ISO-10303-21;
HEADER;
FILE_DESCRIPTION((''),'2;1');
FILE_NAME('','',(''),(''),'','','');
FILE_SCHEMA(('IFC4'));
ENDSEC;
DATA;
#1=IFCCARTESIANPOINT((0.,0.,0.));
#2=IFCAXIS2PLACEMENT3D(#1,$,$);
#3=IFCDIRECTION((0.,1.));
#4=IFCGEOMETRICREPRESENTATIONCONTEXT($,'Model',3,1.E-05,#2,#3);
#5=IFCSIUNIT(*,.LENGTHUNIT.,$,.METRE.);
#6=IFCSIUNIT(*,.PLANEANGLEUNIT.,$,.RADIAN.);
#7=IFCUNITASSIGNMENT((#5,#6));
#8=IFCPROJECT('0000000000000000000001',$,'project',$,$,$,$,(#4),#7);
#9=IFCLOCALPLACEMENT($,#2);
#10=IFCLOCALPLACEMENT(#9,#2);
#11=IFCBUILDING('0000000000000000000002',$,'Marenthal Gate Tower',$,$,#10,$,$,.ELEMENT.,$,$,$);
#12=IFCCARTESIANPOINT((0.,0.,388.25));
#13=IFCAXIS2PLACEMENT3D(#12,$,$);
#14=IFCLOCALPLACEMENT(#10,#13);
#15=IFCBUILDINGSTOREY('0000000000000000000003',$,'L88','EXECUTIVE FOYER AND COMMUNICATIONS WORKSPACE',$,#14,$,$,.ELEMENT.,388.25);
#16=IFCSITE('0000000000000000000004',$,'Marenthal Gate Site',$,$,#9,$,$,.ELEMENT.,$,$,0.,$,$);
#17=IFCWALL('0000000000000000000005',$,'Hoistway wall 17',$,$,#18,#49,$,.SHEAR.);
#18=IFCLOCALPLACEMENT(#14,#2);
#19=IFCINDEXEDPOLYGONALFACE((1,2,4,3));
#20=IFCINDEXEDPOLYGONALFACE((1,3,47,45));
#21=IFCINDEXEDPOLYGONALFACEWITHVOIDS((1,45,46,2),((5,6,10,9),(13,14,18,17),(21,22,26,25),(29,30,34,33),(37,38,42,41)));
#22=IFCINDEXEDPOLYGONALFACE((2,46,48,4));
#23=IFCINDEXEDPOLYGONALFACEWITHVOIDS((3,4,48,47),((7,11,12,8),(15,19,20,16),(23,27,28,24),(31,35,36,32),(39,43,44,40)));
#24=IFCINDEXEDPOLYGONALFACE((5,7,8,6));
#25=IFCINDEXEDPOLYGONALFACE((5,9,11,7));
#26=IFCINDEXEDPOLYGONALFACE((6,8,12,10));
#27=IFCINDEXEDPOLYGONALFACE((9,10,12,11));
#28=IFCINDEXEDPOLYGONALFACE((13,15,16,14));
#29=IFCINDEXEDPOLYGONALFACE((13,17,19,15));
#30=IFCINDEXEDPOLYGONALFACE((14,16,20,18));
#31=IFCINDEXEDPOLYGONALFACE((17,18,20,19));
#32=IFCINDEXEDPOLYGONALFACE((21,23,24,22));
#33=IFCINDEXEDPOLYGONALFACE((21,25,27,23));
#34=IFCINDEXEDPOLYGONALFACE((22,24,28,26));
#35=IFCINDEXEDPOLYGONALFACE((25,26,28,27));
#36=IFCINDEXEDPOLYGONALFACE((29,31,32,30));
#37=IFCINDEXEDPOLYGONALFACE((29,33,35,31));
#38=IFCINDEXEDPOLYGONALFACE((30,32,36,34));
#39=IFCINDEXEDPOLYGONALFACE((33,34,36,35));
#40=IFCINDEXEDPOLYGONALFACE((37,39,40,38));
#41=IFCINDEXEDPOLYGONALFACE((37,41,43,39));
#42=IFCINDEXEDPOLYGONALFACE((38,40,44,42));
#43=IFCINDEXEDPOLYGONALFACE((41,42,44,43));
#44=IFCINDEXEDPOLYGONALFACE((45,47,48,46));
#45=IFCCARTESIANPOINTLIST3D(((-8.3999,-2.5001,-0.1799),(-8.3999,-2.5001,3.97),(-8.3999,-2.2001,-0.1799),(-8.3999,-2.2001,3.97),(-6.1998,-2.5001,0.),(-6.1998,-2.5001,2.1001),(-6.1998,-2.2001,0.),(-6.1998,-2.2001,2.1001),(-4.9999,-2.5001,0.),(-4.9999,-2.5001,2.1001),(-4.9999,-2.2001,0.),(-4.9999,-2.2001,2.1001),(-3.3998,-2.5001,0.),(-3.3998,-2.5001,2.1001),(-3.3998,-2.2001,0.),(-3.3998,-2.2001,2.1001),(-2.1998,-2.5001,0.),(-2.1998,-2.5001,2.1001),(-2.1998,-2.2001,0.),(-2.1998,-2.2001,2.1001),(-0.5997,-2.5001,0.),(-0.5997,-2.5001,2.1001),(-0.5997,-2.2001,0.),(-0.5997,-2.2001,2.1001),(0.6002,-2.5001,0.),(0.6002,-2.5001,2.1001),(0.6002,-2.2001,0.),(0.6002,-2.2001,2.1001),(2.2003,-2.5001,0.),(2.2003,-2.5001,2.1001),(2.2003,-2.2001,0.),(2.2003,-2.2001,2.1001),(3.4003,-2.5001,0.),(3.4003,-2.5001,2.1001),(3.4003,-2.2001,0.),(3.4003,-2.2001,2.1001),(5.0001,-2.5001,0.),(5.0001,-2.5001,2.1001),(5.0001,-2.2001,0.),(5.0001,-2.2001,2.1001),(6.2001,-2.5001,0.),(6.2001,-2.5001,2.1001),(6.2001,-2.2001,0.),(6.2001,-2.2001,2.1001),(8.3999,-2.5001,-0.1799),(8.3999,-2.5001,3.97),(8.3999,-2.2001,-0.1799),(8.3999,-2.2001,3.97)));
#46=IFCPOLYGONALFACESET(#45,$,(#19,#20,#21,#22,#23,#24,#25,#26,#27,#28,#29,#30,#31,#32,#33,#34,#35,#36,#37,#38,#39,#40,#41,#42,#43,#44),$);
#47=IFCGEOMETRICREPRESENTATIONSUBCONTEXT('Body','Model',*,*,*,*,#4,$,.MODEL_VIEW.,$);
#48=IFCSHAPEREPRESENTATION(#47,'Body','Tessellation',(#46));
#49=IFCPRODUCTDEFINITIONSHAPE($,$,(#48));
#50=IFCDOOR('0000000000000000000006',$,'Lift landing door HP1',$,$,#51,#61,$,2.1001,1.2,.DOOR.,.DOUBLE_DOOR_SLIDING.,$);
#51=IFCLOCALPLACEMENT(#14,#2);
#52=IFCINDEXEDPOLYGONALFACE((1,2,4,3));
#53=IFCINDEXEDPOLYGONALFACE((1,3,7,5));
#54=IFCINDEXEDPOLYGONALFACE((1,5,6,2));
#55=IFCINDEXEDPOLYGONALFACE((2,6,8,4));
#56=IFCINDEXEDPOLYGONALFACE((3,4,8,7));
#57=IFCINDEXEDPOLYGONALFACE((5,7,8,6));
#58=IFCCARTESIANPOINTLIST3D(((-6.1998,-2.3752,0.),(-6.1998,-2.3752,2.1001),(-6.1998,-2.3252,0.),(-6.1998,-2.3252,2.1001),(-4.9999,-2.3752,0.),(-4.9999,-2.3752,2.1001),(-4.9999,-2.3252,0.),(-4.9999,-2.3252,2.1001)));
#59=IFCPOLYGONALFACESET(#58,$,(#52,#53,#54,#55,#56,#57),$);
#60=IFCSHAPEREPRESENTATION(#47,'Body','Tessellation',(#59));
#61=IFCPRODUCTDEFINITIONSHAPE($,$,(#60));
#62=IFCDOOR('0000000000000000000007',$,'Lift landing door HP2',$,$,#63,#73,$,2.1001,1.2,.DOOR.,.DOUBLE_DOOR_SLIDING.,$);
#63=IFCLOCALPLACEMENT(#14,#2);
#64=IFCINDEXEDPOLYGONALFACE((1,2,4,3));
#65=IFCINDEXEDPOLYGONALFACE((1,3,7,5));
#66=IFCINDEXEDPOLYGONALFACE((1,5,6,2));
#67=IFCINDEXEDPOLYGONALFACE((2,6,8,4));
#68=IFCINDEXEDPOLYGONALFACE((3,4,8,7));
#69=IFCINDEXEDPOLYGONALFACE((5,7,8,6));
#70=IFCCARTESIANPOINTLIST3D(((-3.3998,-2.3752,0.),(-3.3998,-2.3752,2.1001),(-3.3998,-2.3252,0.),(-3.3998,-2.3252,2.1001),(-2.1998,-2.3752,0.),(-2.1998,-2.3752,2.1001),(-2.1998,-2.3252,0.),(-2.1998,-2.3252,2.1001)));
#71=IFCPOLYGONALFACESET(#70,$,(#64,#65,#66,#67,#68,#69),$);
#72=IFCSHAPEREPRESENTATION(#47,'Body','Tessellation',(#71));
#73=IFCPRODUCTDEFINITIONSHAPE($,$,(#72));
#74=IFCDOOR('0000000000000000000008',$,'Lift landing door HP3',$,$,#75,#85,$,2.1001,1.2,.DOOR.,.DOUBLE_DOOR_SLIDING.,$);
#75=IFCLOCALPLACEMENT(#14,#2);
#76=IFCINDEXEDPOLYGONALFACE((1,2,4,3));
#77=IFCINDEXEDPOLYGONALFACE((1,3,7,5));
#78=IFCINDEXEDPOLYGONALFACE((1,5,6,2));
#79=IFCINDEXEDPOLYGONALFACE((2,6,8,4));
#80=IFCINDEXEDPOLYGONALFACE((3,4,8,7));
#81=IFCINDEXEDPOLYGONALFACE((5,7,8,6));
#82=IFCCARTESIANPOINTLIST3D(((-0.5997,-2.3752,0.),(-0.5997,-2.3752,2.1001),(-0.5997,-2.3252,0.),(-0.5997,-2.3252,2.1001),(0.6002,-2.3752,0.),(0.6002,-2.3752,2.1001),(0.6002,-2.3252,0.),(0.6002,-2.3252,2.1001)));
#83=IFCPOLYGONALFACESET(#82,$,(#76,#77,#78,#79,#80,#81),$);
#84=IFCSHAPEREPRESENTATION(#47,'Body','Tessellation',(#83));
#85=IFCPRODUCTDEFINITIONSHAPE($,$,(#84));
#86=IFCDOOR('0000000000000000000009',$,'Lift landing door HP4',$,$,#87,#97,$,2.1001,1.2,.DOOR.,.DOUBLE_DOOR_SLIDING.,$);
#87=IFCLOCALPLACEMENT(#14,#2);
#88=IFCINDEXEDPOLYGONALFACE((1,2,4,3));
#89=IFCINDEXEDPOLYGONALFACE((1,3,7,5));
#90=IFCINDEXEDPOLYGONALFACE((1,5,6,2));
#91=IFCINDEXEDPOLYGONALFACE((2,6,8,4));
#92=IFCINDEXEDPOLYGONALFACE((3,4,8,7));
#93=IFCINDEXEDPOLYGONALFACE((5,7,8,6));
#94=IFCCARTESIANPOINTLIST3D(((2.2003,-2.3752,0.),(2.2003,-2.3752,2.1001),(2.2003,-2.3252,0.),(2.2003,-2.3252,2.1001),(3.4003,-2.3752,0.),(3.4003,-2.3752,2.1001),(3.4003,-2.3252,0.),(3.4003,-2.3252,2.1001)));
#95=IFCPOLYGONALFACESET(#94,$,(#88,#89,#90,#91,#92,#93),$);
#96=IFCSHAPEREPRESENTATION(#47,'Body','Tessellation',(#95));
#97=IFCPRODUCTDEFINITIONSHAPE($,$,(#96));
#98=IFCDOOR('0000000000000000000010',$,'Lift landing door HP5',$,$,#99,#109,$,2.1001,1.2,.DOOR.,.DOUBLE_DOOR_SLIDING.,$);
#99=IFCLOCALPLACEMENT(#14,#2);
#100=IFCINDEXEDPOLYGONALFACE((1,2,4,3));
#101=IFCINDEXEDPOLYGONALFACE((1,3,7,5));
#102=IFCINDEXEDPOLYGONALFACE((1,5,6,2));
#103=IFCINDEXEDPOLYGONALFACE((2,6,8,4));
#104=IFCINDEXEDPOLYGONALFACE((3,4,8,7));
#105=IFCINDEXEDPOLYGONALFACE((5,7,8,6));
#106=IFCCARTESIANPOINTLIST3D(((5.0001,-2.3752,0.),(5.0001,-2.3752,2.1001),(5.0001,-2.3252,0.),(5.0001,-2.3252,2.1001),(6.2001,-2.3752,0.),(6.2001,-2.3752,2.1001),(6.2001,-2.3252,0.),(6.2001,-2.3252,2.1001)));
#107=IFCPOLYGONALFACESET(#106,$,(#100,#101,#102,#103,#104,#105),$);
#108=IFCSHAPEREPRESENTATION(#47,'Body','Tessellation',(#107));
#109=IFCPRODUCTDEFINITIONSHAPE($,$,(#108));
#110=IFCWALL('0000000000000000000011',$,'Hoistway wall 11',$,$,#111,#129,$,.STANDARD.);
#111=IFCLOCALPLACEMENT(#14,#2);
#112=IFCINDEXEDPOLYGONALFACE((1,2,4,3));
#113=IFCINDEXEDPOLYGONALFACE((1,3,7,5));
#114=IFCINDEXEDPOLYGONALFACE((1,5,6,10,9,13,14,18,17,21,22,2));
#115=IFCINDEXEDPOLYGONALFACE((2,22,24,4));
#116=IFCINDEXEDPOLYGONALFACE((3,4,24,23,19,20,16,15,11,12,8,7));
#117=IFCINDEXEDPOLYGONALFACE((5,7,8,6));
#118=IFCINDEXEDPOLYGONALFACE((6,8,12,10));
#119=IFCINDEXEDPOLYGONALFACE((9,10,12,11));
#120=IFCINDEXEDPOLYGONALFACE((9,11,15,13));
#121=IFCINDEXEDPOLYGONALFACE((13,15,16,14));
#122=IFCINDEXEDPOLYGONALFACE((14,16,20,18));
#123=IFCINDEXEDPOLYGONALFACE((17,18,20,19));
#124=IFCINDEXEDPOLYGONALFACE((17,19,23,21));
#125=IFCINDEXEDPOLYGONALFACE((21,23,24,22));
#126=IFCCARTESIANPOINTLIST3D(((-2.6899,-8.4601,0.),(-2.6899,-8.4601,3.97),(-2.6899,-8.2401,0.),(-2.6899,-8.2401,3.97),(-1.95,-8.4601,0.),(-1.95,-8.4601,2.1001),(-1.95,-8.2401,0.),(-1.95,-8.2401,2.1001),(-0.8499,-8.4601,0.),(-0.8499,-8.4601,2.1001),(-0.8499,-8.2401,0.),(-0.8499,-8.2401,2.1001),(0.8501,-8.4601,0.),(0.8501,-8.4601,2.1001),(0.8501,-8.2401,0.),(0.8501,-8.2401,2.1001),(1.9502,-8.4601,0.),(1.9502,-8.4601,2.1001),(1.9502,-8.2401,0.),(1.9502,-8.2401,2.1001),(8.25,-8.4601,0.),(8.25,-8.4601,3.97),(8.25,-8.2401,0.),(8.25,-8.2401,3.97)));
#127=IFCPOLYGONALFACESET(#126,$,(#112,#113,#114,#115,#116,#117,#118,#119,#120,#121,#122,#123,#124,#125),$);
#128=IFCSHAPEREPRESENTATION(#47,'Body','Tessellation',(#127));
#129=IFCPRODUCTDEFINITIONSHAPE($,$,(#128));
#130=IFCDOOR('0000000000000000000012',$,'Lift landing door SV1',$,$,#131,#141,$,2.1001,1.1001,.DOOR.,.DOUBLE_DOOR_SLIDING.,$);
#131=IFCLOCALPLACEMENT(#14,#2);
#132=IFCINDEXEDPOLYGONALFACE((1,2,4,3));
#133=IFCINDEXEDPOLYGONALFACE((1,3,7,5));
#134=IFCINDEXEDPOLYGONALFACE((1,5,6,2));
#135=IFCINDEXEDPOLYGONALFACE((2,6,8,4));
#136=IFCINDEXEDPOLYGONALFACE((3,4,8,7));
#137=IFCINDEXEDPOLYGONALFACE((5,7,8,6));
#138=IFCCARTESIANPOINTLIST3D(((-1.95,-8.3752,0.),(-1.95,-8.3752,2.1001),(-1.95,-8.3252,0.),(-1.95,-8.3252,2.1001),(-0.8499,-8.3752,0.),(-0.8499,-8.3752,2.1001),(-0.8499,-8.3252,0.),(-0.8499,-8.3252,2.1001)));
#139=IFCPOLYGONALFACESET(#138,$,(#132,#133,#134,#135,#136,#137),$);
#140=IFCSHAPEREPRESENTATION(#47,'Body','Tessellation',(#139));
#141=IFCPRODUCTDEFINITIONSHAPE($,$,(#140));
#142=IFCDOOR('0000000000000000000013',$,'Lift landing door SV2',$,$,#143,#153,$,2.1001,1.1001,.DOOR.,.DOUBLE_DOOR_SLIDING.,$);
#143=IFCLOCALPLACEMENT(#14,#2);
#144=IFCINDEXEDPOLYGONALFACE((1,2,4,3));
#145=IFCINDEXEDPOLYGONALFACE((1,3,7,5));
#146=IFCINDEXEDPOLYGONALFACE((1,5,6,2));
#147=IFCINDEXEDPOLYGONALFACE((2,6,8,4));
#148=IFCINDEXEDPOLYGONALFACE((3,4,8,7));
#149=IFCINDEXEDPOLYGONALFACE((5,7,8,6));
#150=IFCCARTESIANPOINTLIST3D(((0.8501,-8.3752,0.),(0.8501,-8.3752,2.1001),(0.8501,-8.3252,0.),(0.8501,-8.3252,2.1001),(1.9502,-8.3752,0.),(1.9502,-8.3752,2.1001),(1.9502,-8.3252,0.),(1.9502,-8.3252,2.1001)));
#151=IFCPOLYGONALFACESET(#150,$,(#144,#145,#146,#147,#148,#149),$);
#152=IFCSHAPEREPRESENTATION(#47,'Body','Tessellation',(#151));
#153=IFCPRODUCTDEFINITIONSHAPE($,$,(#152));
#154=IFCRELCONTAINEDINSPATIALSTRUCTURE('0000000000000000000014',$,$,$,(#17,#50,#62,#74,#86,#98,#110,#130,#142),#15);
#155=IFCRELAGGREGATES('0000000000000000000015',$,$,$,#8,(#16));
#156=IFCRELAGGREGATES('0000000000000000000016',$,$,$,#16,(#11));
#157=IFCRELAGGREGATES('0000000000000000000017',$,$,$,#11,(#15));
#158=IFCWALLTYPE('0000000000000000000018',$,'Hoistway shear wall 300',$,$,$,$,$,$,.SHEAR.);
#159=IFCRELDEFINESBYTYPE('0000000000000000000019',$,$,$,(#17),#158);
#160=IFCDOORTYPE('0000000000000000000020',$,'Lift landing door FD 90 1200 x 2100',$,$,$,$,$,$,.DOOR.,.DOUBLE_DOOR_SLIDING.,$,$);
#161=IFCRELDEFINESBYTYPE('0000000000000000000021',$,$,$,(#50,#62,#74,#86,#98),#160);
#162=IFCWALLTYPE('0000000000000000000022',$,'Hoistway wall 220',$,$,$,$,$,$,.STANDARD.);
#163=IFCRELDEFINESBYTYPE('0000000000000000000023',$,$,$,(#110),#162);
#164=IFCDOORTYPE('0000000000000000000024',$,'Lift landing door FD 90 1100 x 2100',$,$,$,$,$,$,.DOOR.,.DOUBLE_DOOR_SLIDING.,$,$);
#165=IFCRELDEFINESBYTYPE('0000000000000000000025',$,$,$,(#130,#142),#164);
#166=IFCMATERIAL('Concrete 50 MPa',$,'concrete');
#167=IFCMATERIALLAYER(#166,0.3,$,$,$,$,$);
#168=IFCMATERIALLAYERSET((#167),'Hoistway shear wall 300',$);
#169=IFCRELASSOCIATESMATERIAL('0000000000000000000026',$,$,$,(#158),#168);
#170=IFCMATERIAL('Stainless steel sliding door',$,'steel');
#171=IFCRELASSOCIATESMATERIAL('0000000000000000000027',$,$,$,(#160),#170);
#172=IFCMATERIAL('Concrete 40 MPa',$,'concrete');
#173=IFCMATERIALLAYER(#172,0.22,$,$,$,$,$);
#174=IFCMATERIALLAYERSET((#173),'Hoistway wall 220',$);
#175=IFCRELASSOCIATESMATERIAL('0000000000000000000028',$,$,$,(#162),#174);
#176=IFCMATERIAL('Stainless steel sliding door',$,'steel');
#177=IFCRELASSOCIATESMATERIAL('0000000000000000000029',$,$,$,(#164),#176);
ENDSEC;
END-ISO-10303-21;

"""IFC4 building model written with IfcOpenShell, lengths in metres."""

from ifc_helpers import new_model, si_unit, direction, frame, frame_2d, origin, place, context, subcontext, project, spatial, rectangle, extrude, material, layer, layer_set, type_object, element, fill, save


model = new_model("IFC4")

# Units and contexts
model_context = context("Model", 3, precision=1e-05, world=origin(), true_north=direction((0.0, 1.0)))
body_context = subcontext(model_context, "Body", "Model", "MODEL_VIEW")
ifc_project = project(units=[si_unit("LENGTHUNIT", "METRE"), si_unit("PLANEANGLEUNIT", "RADIAN")], contexts=[model_context])

# Site, building, storey
site_placement = place(None, origin())
site = spatial("IfcSite", under=ifc_project, at=site_placement, Name="Marenthal Gate Site", CompositionType="ELEMENT", RefElevation=0.0)
building_placement = place(site_placement, origin())
building = spatial("IfcBuilding", under=site, at=building_placement, Name="Marenthal Gate Tower", CompositionType="ELEMENT")
storey_placement = place(building_placement, frame((0.0, 0.0, 388.25)))
storey = spatial("IfcBuildingStorey", under=building, at=storey_placement, Name="L88", Description="EXECUTIVE FOYER AND COMMUNICATIONS WORKSPACE", CompositionType="ELEMENT", Elevation=388.25)

# Walls, openings, doors
ifc_material_1 = material(Name="Concrete 50 MPa", Category="concrete")
ifc_layer_1 = layer(ifc_material_1, 0.3)
ifc_layer_set_1 = layer_set([ifc_layer_1], Name="Hoistway shear wall 300")
wall_type_1 = type_object("IfcWallType", Name="Hoistway shear wall 300", PredefinedType="SHEAR", material=ifc_layer_set_1)
wall_1_placement = place(storey_placement, frame((-8.3999, -2.3501, -0.1799), z_axis=(0.0, 0.0, 1.0), x_axis=(1.0, 0.0, 0.0)))
wall_1 = element("IfcWall", 1, at=wall_1_placement, inside=storey, type_object=wall_type_1, Name="Hoistway wall 17", PredefinedType="SHEAR", context=body_context, shape_type="SweptSolid", body=[
    extrude(rectangle(XDim=16.7998, YDim=0.3, at=frame_2d((8.3999, 0.0))), origin(), (0.0, 0.0, 1.0), 4.1499),
])
opening_1_placement = place(wall_1_placement, frame((2.2, 0.0, 0.1799)))
opening_1 = element("IfcOpeningElement", 2, at=opening_1_placement, cuts=wall_1, PredefinedType="OPENING", context=body_context, shape_type="SweptSolid", body=[
    extrude(rectangle(XDim=1.2, YDim=2.1001, at=frame_2d((0.6001, 1.05))), frame((0.0, 0.1602, 0.0), z_axis=(0.0, -1.0, 0.0), x_axis=(1.0, 0.0, 0.0)), (0.0, 0.0, 1.0), 0.3201),
])
opening_2_placement = place(wall_1_placement, frame((5.0, 0.0, 0.1799)))
opening_2 = element("IfcOpeningElement", 3, at=opening_2_placement, cuts=wall_1, PredefinedType="OPENING", context=body_context, shape_type="SweptSolid", body=[
    extrude(rectangle(XDim=1.2, YDim=2.1001, at=frame_2d((0.6001, 1.05))), frame((0.0, 0.1602, 0.0), z_axis=(0.0, -1.0, 0.0), x_axis=(1.0, 0.0, 0.0)), (0.0, 0.0, 1.0), 0.3201),
])
opening_3_placement = place(wall_1_placement, frame((7.8, 0.0, 0.1799)))
opening_3 = element("IfcOpeningElement", 4, at=opening_3_placement, cuts=wall_1, PredefinedType="OPENING", context=body_context, shape_type="SweptSolid", body=[
    extrude(rectangle(XDim=1.2, YDim=2.1001, at=frame_2d((0.6001, 1.05))), frame((0.0, 0.1602, 0.0), z_axis=(0.0, -1.0, 0.0), x_axis=(1.0, 0.0, 0.0)), (0.0, 0.0, 1.0), 0.3201),
])
opening_4_placement = place(wall_1_placement, frame((10.6001, 0.0, 0.1799)))
opening_4 = element("IfcOpeningElement", 5, at=opening_4_placement, cuts=wall_1, PredefinedType="OPENING", context=body_context, shape_type="SweptSolid", body=[
    extrude(rectangle(XDim=1.2, YDim=2.1001, at=frame_2d((0.6001, 1.05))), frame((0.0, 0.1602, 0.0), z_axis=(0.0, -1.0, 0.0), x_axis=(1.0, 0.0, 0.0)), (0.0, 0.0, 1.0), 0.3201),
])
opening_5_placement = place(wall_1_placement, frame((13.3999, 0.0, 0.1799)))
opening_5 = element("IfcOpeningElement", 6, at=opening_5_placement, cuts=wall_1, PredefinedType="OPENING", context=body_context, shape_type="SweptSolid", body=[
    extrude(rectangle(XDim=1.2, YDim=2.1001, at=frame_2d((0.6001, 1.05))), frame((0.0, 0.1602, 0.0), z_axis=(0.0, -1.0, 0.0), x_axis=(1.0, 0.0, 0.0)), (0.0, 0.0, 1.0), 0.3201),
])
ifc_material_2 = material(Name="Stainless steel sliding door", Category="steel")
door_type_1 = type_object("IfcDoorType", Name="Lift landing door FD 90 1200 x 2100", OperationType="DOUBLE_DOOR_SLIDING", PredefinedType="DOOR", material=ifc_material_2)
door_1_placement = place(opening_1_placement, origin())
door_1 = element("IfcDoor", 7, at=door_1_placement, inside=storey, type_object=door_type_1, Name="Lift landing door HP1", OperationType="DOUBLE_DOOR_SLIDING", OverallHeight=2.1001, OverallWidth=1.2, PredefinedType="DOOR", context=body_context, shape_type="SweptSolid", body=[
    extrude(rectangle(XDim=1.2, YDim=2.1001, at=frame_2d((0.6001, 1.05))), frame((0.0, 0.0249, 0.0), z_axis=(0.0, -1.0, 0.0), x_axis=(1.0, 0.0, 0.0)), (0.0, 0.0, 1.0), 0.05),
])
fill(opening_1, door_1)
door_2_placement = place(opening_2_placement, origin())
door_2 = element("IfcDoor", 8, at=door_2_placement, inside=storey, type_object=door_type_1, Name="Lift landing door HP2", OperationType="DOUBLE_DOOR_SLIDING", OverallHeight=2.1001, OverallWidth=1.2, PredefinedType="DOOR", context=body_context, shape_type="SweptSolid", body=[
    extrude(rectangle(XDim=1.2, YDim=2.1001, at=frame_2d((0.6001, 1.05))), frame((0.0, 0.0249, 0.0), z_axis=(0.0, -1.0, 0.0), x_axis=(1.0, 0.0, 0.0)), (0.0, 0.0, 1.0), 0.05),
])
fill(opening_2, door_2)
door_3_placement = place(opening_3_placement, origin())
door_3 = element("IfcDoor", 9, at=door_3_placement, inside=storey, type_object=door_type_1, Name="Lift landing door HP3", OperationType="DOUBLE_DOOR_SLIDING", OverallHeight=2.1001, OverallWidth=1.2, PredefinedType="DOOR", context=body_context, shape_type="SweptSolid", body=[
    extrude(rectangle(XDim=1.2, YDim=2.1001, at=frame_2d((0.6001, 1.05))), frame((0.0, 0.0249, 0.0), z_axis=(0.0, -1.0, 0.0), x_axis=(1.0, 0.0, 0.0)), (0.0, 0.0, 1.0), 0.05),
])
fill(opening_3, door_3)
door_4_placement = place(opening_4_placement, origin())
door_4 = element("IfcDoor", 10, at=door_4_placement, inside=storey, type_object=door_type_1, Name="Lift landing door HP4", OperationType="DOUBLE_DOOR_SLIDING", OverallHeight=2.1001, OverallWidth=1.2, PredefinedType="DOOR", context=body_context, shape_type="SweptSolid", body=[
    extrude(rectangle(XDim=1.2, YDim=2.1001, at=frame_2d((0.6001, 1.05))), frame((0.0, 0.0249, 0.0), z_axis=(0.0, -1.0, 0.0), x_axis=(1.0, 0.0, 0.0)), (0.0, 0.0, 1.0), 0.05),
])
fill(opening_4, door_4)
door_5_placement = place(opening_5_placement, origin())
door_5 = element("IfcDoor", 11, at=door_5_placement, inside=storey, type_object=door_type_1, Name="Lift landing door HP5", OperationType="DOUBLE_DOOR_SLIDING", OverallHeight=2.1001, OverallWidth=1.2, PredefinedType="DOOR", context=body_context, shape_type="SweptSolid", body=[
    extrude(rectangle(XDim=1.2, YDim=2.1001, at=frame_2d((0.6001, 1.05))), frame((0.0, 0.0249, 0.0), z_axis=(0.0, -1.0, 0.0), x_axis=(1.0, 0.0, 0.0)), (0.0, 0.0, 1.0), 0.05),
])
fill(opening_5, door_5)
ifc_material_3 = material(Name="Concrete 40 MPa", Category="concrete")
ifc_layer_2 = layer(ifc_material_3, 0.22)
ifc_layer_set_2 = layer_set([ifc_layer_2], Name="Hoistway wall 220")
wall_type_2 = type_object("IfcWallType", Name="Hoistway wall 220", PredefinedType="STANDARD", material=ifc_layer_set_2)
wall_2_placement = place(storey_placement, frame((-2.6899, -8.3501, 0.0), z_axis=(0.0, 0.0, 1.0), x_axis=(1.0, 0.0, 0.0)))
wall_2 = element("IfcWall", 12, at=wall_2_placement, inside=storey, type_object=wall_type_2, Name="Hoistway wall 11", PredefinedType="STANDARD", context=body_context, shape_type="SweptSolid", body=[
    extrude(rectangle(XDim=10.9399, YDim=0.22, at=frame_2d((5.47, 0.0))), origin(), (0.0, 0.0, 1.0), 3.97),
])
opening_6_placement = place(wall_2_placement, frame((0.74, 0.0, 0.0)))
opening_6 = element("IfcOpeningElement", 13, at=opening_6_placement, cuts=wall_2, PredefinedType="OPENING", context=body_context, shape_type="SweptSolid", body=[
    extrude(rectangle(XDim=1.1001, YDim=2.1001, at=frame_2d((0.55, 1.05))), frame((0.0, 0.1201, 0.0), z_axis=(0.0, -1.0, 0.0), x_axis=(1.0, 0.0, 0.0)), (0.0, 0.0, 1.0), 0.24),
])
opening_7_placement = place(wall_2_placement, frame((3.54, 0.0, 0.0)))
opening_7 = element("IfcOpeningElement", 14, at=opening_7_placement, cuts=wall_2, PredefinedType="OPENING", context=body_context, shape_type="SweptSolid", body=[
    extrude(rectangle(XDim=1.1001, YDim=2.1001, at=frame_2d((0.55, 1.05))), frame((0.0, 0.1201, 0.0), z_axis=(0.0, -1.0, 0.0), x_axis=(1.0, 0.0, 0.0)), (0.0, 0.0, 1.0), 0.24),
])
ifc_material_4 = material(Name="Stainless steel sliding door", Category="steel")
door_type_2 = type_object("IfcDoorType", Name="Lift landing door FD 90 1100 x 2100", OperationType="DOUBLE_DOOR_SLIDING", PredefinedType="DOOR", material=ifc_material_4)
door_6_placement = place(opening_6_placement, origin())
door_6 = element("IfcDoor", 15, at=door_6_placement, inside=storey, type_object=door_type_2, Name="Lift landing door SV1", OperationType="DOUBLE_DOOR_SLIDING", OverallHeight=2.1001, OverallWidth=1.1001, PredefinedType="DOOR", context=body_context, shape_type="SweptSolid", body=[
    extrude(rectangle(XDim=1.1001, YDim=2.1001, at=frame_2d((0.55, 1.05))), frame((0.0, 0.0249, 0.0), z_axis=(0.0, -1.0, 0.0), x_axis=(1.0, 0.0, 0.0)), (0.0, 0.0, 1.0), 0.05),
])
fill(opening_6, door_6)
door_7_placement = place(opening_7_placement, origin())
door_7 = element("IfcDoor", 16, at=door_7_placement, inside=storey, type_object=door_type_2, Name="Lift landing door SV2", OperationType="DOUBLE_DOOR_SLIDING", OverallHeight=2.1001, OverallWidth=1.1001, PredefinedType="DOOR", context=body_context, shape_type="SweptSolid", body=[
    extrude(rectangle(XDim=1.1001, YDim=2.1001, at=frame_2d((0.55, 1.05))), frame((0.0, 0.0249, 0.0), z_axis=(0.0, -1.0, 0.0), x_axis=(1.0, 0.0, 0.0)), (0.0, 0.0, 1.0), 0.05),
])
fill(opening_7, door_7)

save(model, "model.ifc")
